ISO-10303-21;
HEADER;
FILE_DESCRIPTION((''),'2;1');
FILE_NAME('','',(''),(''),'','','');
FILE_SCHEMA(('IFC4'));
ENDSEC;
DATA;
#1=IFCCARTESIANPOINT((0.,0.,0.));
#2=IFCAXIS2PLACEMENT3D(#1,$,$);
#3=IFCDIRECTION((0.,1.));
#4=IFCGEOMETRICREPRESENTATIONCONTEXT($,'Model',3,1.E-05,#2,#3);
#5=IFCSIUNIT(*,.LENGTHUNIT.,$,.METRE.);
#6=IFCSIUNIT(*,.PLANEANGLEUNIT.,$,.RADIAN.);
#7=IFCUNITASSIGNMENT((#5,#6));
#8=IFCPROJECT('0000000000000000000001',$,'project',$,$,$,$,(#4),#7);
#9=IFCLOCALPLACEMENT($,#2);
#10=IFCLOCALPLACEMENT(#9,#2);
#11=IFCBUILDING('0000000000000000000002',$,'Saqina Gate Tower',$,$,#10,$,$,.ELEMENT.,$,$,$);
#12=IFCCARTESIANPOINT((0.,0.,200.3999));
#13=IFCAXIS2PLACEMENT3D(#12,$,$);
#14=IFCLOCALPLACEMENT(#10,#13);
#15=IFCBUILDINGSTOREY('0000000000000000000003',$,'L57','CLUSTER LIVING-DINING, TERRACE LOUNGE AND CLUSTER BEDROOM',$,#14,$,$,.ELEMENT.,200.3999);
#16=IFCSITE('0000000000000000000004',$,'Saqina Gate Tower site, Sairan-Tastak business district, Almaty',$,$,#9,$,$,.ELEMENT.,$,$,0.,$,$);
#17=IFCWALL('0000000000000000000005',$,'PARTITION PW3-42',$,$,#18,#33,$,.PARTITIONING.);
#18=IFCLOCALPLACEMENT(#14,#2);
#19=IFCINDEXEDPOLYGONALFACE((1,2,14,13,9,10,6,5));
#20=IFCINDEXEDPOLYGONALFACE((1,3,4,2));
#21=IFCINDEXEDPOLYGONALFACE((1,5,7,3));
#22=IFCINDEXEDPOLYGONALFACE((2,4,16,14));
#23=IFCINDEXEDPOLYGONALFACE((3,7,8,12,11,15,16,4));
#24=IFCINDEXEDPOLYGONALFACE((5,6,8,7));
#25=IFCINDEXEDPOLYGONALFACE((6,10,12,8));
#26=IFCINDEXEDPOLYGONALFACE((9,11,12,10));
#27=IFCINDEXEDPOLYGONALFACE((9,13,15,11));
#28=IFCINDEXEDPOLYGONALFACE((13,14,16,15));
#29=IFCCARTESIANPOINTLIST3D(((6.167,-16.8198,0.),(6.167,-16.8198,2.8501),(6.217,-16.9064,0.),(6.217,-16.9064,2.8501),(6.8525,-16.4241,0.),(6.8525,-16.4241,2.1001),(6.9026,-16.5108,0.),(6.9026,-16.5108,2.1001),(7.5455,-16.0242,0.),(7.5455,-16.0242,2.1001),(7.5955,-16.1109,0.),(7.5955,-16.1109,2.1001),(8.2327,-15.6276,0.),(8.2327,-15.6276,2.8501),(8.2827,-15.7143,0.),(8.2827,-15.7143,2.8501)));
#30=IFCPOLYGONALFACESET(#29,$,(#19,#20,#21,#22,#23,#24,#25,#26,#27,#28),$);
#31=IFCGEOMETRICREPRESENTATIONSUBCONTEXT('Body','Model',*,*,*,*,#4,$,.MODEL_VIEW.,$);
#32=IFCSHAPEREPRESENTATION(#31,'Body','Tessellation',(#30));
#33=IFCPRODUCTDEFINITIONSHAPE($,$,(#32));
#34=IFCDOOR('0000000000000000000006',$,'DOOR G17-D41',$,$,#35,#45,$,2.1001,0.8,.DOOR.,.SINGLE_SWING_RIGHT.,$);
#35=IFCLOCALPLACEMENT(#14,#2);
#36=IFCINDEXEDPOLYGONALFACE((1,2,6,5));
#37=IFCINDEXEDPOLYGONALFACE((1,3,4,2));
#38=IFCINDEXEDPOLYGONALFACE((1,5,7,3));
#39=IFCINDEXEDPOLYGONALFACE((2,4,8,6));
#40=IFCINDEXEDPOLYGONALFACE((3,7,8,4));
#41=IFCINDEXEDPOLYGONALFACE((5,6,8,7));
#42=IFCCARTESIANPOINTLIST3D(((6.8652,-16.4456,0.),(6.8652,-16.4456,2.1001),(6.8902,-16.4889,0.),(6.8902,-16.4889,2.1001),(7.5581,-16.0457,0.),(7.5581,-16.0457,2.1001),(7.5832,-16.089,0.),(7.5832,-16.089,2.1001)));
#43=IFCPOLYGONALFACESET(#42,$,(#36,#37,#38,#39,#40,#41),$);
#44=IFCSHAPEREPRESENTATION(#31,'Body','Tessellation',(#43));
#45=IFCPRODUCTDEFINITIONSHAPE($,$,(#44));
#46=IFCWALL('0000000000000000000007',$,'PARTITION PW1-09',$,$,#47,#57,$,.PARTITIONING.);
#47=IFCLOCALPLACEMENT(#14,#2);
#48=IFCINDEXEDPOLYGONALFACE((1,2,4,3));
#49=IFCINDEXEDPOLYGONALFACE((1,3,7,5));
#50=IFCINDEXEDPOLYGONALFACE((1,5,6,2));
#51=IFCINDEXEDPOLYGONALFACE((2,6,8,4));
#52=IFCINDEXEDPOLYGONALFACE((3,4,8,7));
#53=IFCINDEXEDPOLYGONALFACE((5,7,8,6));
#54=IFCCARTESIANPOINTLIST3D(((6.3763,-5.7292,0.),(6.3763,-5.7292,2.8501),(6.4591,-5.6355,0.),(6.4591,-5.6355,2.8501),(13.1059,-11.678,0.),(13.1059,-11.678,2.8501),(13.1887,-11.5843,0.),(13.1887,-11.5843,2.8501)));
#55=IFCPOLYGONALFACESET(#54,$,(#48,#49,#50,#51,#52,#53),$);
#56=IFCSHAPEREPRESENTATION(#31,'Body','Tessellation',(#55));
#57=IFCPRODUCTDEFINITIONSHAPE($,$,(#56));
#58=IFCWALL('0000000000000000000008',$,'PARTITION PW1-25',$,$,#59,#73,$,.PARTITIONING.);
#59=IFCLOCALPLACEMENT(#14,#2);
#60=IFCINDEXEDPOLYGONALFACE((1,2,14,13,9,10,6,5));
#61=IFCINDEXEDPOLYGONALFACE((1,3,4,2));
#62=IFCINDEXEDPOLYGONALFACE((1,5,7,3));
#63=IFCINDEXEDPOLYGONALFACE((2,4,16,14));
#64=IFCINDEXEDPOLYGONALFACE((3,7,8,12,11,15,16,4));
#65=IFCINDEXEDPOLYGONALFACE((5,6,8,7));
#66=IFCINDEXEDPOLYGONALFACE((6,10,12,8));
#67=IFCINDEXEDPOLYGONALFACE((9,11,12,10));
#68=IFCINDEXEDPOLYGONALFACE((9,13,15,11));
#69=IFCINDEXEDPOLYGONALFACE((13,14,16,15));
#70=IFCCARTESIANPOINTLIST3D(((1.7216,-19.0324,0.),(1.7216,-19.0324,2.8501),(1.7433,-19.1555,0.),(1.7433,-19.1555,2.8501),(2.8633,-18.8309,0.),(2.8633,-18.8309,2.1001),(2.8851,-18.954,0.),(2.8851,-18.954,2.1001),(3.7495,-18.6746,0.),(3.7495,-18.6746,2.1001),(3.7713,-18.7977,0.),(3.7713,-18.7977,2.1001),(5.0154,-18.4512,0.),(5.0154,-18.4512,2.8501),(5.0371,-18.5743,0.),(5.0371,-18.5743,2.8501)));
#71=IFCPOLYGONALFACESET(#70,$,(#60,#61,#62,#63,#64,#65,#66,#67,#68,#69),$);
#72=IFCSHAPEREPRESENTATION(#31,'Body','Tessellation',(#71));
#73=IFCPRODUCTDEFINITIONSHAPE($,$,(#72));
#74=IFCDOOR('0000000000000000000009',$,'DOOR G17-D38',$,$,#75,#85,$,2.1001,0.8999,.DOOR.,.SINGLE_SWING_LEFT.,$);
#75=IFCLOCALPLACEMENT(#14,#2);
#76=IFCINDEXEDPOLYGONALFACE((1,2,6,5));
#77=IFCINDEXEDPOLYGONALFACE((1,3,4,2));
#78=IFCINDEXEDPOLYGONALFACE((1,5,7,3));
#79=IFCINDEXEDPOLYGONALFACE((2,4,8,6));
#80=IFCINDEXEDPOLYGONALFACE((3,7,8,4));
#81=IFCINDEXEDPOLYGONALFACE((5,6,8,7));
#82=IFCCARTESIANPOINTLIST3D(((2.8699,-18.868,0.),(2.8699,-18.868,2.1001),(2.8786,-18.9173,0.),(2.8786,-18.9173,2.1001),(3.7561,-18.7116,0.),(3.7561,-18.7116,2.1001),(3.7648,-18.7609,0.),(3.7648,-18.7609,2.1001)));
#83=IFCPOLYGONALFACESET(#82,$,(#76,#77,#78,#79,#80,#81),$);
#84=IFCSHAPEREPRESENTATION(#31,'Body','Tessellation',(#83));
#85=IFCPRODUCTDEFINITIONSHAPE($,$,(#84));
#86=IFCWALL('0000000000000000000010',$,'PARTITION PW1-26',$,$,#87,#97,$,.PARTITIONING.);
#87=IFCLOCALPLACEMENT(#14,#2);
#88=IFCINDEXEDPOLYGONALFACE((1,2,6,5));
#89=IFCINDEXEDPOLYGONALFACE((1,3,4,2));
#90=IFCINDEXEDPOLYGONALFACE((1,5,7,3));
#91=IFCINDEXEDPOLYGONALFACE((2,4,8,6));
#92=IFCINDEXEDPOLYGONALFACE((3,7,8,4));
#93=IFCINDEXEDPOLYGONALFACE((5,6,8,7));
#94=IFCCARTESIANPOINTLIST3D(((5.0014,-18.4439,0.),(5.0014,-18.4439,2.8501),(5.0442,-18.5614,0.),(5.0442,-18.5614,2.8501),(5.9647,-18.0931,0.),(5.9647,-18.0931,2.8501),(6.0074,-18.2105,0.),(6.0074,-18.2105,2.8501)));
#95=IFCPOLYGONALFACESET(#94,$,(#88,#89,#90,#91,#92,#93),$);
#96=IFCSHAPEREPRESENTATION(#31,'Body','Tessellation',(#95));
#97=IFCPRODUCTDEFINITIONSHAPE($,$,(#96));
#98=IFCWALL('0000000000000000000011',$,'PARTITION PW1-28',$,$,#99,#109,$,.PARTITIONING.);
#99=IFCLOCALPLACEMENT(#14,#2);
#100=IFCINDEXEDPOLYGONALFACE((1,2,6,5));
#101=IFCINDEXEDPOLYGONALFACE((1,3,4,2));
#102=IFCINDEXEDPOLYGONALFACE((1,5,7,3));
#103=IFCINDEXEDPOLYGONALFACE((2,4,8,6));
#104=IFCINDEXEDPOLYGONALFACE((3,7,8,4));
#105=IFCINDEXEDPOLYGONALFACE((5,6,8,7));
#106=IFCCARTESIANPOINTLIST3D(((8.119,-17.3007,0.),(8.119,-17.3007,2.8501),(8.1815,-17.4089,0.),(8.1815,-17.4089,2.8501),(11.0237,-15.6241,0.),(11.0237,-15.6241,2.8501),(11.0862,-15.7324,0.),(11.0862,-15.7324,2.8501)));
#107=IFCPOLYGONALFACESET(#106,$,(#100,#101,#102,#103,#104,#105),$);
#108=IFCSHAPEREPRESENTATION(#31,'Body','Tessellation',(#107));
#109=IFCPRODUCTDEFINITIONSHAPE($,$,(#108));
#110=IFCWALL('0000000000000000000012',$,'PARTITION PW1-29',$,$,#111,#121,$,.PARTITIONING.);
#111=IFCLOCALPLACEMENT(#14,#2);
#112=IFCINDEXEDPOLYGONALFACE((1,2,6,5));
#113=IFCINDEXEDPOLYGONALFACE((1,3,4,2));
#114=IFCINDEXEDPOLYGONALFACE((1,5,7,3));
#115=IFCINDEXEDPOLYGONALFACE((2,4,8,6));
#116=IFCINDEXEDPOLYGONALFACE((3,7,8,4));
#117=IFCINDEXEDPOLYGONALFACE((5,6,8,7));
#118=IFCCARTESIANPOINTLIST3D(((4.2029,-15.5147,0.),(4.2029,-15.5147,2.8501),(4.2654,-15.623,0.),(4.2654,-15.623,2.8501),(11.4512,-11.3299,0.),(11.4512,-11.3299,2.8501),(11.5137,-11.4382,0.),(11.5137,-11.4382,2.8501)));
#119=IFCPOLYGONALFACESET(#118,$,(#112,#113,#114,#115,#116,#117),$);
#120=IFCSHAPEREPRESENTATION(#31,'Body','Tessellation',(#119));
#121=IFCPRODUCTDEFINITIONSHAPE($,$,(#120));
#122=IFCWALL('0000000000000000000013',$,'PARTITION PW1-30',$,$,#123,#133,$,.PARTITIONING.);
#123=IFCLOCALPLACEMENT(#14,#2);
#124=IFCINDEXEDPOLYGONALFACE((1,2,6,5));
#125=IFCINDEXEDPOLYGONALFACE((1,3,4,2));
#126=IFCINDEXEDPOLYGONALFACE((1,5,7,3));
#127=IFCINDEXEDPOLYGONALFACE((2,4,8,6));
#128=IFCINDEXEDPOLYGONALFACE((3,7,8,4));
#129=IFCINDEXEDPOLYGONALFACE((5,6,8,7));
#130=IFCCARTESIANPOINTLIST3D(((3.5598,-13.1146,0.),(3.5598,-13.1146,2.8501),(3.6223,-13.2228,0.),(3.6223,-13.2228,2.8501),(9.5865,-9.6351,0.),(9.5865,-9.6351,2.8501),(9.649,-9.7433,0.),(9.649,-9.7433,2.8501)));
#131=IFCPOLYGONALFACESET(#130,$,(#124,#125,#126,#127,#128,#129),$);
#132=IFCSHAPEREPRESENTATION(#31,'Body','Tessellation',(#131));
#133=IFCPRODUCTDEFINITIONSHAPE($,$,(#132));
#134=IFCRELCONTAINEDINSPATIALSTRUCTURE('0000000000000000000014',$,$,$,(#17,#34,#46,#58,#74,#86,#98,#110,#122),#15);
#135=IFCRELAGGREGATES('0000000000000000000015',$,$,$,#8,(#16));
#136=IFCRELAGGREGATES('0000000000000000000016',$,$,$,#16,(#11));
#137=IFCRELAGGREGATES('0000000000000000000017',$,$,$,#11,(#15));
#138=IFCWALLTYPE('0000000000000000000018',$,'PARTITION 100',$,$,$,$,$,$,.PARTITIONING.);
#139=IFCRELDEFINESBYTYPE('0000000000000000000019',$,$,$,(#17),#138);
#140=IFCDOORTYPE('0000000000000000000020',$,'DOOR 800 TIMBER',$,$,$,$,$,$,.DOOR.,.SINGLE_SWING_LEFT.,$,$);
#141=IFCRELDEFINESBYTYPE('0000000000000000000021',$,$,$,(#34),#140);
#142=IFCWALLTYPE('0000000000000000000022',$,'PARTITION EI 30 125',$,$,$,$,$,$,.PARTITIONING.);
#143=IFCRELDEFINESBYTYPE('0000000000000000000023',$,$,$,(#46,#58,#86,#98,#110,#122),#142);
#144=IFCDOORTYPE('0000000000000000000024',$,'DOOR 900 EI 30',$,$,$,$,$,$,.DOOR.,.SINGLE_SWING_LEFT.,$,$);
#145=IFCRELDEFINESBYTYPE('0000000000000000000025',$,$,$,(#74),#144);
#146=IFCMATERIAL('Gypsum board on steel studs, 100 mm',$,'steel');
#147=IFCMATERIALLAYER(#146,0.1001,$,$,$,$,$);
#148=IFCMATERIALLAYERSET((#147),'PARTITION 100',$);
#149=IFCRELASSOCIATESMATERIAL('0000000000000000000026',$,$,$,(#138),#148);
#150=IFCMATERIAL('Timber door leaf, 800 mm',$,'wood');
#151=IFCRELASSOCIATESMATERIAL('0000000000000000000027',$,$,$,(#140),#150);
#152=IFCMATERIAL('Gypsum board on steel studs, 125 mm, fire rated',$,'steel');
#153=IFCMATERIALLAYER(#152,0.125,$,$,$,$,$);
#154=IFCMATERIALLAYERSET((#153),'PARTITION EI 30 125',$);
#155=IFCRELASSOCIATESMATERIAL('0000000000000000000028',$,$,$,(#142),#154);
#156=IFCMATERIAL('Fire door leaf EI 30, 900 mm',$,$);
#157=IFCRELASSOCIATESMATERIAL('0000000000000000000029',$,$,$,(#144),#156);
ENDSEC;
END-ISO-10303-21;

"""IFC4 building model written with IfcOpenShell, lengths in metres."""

from ifc_helpers import new_model, si_unit, direction, frame, frame_2d, origin, place, context, subcontext, project, spatial, rectangle, extrude, material, layer, layer_set, type_object, element, fill, save


model = new_model("IFC4")

# Units and contexts
model_context = context("Model", 3, precision=1e-05, world=origin(), true_north=direction((0.0, 1.0)))
body_context = subcontext(model_context, "Body", "Model", "MODEL_VIEW")
ifc_project = project(units=[si_unit("LENGTHUNIT", "METRE"), si_unit("PLANEANGLEUNIT", "RADIAN")], contexts=[model_context])

# Site, building, storey
site_placement = place(None, origin())
site = spatial("IfcSite", under=ifc_project, at=site_placement, Name="Saqina Gate Tower site, Sairan-Tastak business district, Almaty", CompositionType="ELEMENT", RefElevation=0.0)
building_placement = place(site_placement, origin())
building = spatial("IfcBuilding", under=site, at=building_placement, Name="Saqina Gate Tower", CompositionType="ELEMENT")
storey_placement = place(building_placement, frame((0.0, 0.0, 200.3999)))
storey = spatial("IfcBuildingStorey", under=building, at=storey_placement, Name="L57", Description="CLUSTER LIVING-DINING, TERRACE LOUNGE AND CLUSTER BEDROOM", CompositionType="ELEMENT", Elevation=200.3999)

# Shared definitions
ifc_material_1 = material(Name="Gypsum board on steel studs, 100 mm", Category="steel")
ifc_layer_1 = layer(ifc_material_1, 0.1001)
ifc_layer_set_1 = layer_set([ifc_layer_1], Name="PARTITION 100")
wall_type_1 = type_object("IfcWallType", Name="PARTITION 100", PredefinedType="PARTITIONING", material=ifc_layer_set_1)

# Shared definitions
ifc_material_2 = material(Name="Timber door leaf, 800 mm", Category="wood")
door_type_1 = type_object("IfcDoorType", Name="DOOR 800 TIMBER", OperationType="SINGLE_SWING_LEFT", PredefinedType="DOOR", material=ifc_material_2)

# Wall, opening, door
wall_1_placement = place(storey_placement, frame((6.1921, -16.863, 0.0), z_axis=(0.0, 0.0, 1.0), x_axis=(0.866112, 0.499849, 0.0)))
wall_1 = element("IfcWall", 1, at=wall_1_placement, inside=storey, type_object=wall_type_1, Name="PARTITION PW3-42", PredefinedType="PARTITIONING", context=body_context, shape_type="SweptSolid", body=[
    extrude(rectangle(XDim=2.385, YDim=0.1001, at=frame_2d((1.1924, 0.0))), origin(), (0.0, 0.0, 1.0), 2.8501),
])
opening_1_placement = place(wall_1_placement, frame((0.7915, 0.0, 0.0)))
opening_1 = element("IfcOpeningElement", 2, at=opening_1_placement, cuts=wall_1, PredefinedType="OPENING", context=body_context, shape_type="SweptSolid", body=[
    extrude(rectangle(XDim=0.8, YDim=2.1001, at=frame_2d((0.3999, 1.05))), frame((0.0, 0.062, 0.0), z_axis=(0.0, -1.0, 0.0), x_axis=(1.0, 0.0, 0.0)), (0.0, 0.0, 1.0), 0.124),
])
door_1_placement = place(opening_1_placement, frame((0.8, 0.0, 0.0), z_axis=(0.0, 0.0, 1.0), x_axis=(-1.0, 0.0, 0.0)))
door_1 = element("IfcDoor", 3, at=door_1_placement, inside=storey, type_object=door_type_1, Name="DOOR G17-D41", OperationType="SINGLE_SWING_RIGHT", OverallHeight=2.1001, OverallWidth=0.8, PredefinedType="DOOR", context=body_context, shape_type="SweptSolid", body=[
    extrude(rectangle(XDim=0.8, YDim=2.1001, at=frame_2d((0.3999, 1.05))), frame((0.0, 0.0249, 0.0), z_axis=(0.0, -1.0, 0.0), x_axis=(1.0, 0.0, 0.0)), (0.0, 0.0, 1.0), 0.05),
])
fill(opening_1, door_1)

# Wall
ifc_material_3 = material(Name="Gypsum board on steel studs, 125 mm, fire rated", Category="steel")
ifc_layer_2 = layer(ifc_material_3, 0.125)
ifc_layer_set_2 = layer_set([ifc_layer_2], Name="PARTITION EI 30 125")
wall_type_2 = type_object("IfcWallType", Name="PARTITION EI 30 125", PredefinedType="PARTITIONING", material=ifc_layer_set_2)
wall_2_placement = place(storey_placement, frame((6.4177, -5.6824, 0.0), z_axis=(0.0, 0.0, 1.0), x_axis=(0.749233, -0.662306, 0.0)))
element("IfcWall", 4, at=wall_2_placement, inside=storey, type_object=wall_type_2, Name="PARTITION PW1-09", PredefinedType="PARTITIONING", context=body_context, shape_type="SweptSolid", body=[
    extrude(rectangle(XDim=8.9819, YDim=0.125, at=frame_2d((4.491, 0.0))), origin(), (0.0, 0.0, 1.0), 2.8501),
])

# Wall, opening, door
wall_3_placement = place(storey_placement, frame((1.7324, -19.094, 0.0), z_axis=(0.0, 0.0, 1.0), x_axis=(0.984783, 0.173789, 0.0)))
wall_3 = element("IfcWall", 5, at=wall_3_placement, inside=storey, type_object=wall_type_2, Name="PARTITION PW1-25", PredefinedType="PARTITIONING", context=body_context, shape_type="SweptSolid", body=[
    extrude(rectangle(XDim=3.3447, YDim=0.125, at=frame_2d((1.6724, 0.0))), origin(), (0.0, 0.0, 1.0), 2.8501),
])
opening_2_placement = place(wall_3_placement, frame((1.1594, 0.0, 0.0)))
opening_2 = element("IfcOpeningElement", 6, at=opening_2_placement, cuts=wall_3, PredefinedType="OPENING", context=body_context, shape_type="SweptSolid", body=[
    extrude(rectangle(XDim=0.8999, YDim=2.1001, at=frame_2d((0.45, 1.05))), frame((0.0, 0.0745, 0.0), z_axis=(0.0, -1.0, 0.0), x_axis=(1.0, 0.0, 0.0)), (0.0, 0.0, 1.0), 0.1489),
])
ifc_material_4 = material(Name="Fire door leaf EI 30, 900 mm")
door_type_2 = type_object("IfcDoorType", Name="DOOR 900 EI 30", OperationType="SINGLE_SWING_LEFT", PredefinedType="DOOR", material=ifc_material_4)
door_2_placement = place(opening_2_placement, origin())
door_2 = element("IfcDoor", 7, at=door_2_placement, inside=storey, type_object=door_type_2, Name="DOOR G17-D38", OperationType="SINGLE_SWING_LEFT", OverallHeight=2.1001, OverallWidth=0.8999, PredefinedType="DOOR", context=body_context, shape_type="SweptSolid", body=[
    extrude(rectangle(XDim=0.8999, YDim=2.1001, at=frame_2d((0.45, 1.05))), frame((0.0, 0.0249, 0.0), z_axis=(0.0, -1.0, 0.0), x_axis=(1.0, 0.0, 0.0)), (0.0, 0.0, 1.0), 0.05),
])
fill(opening_2, door_2)

# Walls
wall_4_placement = place(storey_placement, frame((5.0227, -18.5027, 0.0), z_axis=(0.0, 0.0, 1.0), x_axis=(0.939606, 0.342259, 0.0)))
element("IfcWall", 8, at=wall_4_placement, inside=storey, type_object=wall_type_2, Name="PARTITION PW1-26", PredefinedType="PARTITIONING", context=body_context, shape_type="SweptSolid", body=[
    extrude(rectangle(XDim=1.0251, YDim=0.125, at=frame_2d((0.5127, 0.0))), origin(), (0.0, 0.0, 1.0), 2.8501),
])
wall_5_placement = place(storey_placement, frame((8.1504, -17.3547, 0.0), z_axis=(0.0, 0.0, 1.0), x_axis=(0.86608, 0.499905, 0.0)))
element("IfcWall", 9, at=wall_5_placement, inside=storey, type_object=wall_type_2, Name="PARTITION PW1-28", PredefinedType="PARTITIONING", context=body_context, shape_type="SweptSolid", body=[
    extrude(rectangle(XDim=3.3538, YDim=0.125, at=frame_2d((1.6768, 0.0))), origin(), (0.0, 0.0, 1.0), 2.8501),
])
wall_6_placement = place(storey_placement, frame((4.2341, -15.5688, 0.0), z_axis=(0.0, 0.0, 1.0), x_axis=(0.866025, 0.500001, 0.0)))
element("IfcWall", 10, at=wall_6_placement, inside=storey, type_object=wall_type_2, Name="PARTITION PW1-29", PredefinedType="PARTITIONING", context=body_context, shape_type="SweptSolid", body=[
    extrude(rectangle(XDim=8.3696, YDim=0.125, at=frame_2d((4.1848, 0.0))), origin(), (0.0, 0.0, 1.0), 2.8501),
])
wall_7_placement = place(storey_placement, frame((3.5911, -13.1687, 0.0), z_axis=(0.0, 0.0, 1.0), x_axis=(0.866024, 0.500003, 0.0)))
element("IfcWall", 11, at=wall_7_placement, inside=storey, type_object=wall_type_2, Name="PARTITION PW1-30", PredefinedType="PARTITIONING", context=body_context, shape_type="SweptSolid", body=[
    extrude(rectangle(XDim=6.959, YDim=0.125, at=frame_2d((3.4795, 0.0))), origin(), (0.0, 0.0, 1.0), 2.8501),
])

save(model, "model.ifc")
